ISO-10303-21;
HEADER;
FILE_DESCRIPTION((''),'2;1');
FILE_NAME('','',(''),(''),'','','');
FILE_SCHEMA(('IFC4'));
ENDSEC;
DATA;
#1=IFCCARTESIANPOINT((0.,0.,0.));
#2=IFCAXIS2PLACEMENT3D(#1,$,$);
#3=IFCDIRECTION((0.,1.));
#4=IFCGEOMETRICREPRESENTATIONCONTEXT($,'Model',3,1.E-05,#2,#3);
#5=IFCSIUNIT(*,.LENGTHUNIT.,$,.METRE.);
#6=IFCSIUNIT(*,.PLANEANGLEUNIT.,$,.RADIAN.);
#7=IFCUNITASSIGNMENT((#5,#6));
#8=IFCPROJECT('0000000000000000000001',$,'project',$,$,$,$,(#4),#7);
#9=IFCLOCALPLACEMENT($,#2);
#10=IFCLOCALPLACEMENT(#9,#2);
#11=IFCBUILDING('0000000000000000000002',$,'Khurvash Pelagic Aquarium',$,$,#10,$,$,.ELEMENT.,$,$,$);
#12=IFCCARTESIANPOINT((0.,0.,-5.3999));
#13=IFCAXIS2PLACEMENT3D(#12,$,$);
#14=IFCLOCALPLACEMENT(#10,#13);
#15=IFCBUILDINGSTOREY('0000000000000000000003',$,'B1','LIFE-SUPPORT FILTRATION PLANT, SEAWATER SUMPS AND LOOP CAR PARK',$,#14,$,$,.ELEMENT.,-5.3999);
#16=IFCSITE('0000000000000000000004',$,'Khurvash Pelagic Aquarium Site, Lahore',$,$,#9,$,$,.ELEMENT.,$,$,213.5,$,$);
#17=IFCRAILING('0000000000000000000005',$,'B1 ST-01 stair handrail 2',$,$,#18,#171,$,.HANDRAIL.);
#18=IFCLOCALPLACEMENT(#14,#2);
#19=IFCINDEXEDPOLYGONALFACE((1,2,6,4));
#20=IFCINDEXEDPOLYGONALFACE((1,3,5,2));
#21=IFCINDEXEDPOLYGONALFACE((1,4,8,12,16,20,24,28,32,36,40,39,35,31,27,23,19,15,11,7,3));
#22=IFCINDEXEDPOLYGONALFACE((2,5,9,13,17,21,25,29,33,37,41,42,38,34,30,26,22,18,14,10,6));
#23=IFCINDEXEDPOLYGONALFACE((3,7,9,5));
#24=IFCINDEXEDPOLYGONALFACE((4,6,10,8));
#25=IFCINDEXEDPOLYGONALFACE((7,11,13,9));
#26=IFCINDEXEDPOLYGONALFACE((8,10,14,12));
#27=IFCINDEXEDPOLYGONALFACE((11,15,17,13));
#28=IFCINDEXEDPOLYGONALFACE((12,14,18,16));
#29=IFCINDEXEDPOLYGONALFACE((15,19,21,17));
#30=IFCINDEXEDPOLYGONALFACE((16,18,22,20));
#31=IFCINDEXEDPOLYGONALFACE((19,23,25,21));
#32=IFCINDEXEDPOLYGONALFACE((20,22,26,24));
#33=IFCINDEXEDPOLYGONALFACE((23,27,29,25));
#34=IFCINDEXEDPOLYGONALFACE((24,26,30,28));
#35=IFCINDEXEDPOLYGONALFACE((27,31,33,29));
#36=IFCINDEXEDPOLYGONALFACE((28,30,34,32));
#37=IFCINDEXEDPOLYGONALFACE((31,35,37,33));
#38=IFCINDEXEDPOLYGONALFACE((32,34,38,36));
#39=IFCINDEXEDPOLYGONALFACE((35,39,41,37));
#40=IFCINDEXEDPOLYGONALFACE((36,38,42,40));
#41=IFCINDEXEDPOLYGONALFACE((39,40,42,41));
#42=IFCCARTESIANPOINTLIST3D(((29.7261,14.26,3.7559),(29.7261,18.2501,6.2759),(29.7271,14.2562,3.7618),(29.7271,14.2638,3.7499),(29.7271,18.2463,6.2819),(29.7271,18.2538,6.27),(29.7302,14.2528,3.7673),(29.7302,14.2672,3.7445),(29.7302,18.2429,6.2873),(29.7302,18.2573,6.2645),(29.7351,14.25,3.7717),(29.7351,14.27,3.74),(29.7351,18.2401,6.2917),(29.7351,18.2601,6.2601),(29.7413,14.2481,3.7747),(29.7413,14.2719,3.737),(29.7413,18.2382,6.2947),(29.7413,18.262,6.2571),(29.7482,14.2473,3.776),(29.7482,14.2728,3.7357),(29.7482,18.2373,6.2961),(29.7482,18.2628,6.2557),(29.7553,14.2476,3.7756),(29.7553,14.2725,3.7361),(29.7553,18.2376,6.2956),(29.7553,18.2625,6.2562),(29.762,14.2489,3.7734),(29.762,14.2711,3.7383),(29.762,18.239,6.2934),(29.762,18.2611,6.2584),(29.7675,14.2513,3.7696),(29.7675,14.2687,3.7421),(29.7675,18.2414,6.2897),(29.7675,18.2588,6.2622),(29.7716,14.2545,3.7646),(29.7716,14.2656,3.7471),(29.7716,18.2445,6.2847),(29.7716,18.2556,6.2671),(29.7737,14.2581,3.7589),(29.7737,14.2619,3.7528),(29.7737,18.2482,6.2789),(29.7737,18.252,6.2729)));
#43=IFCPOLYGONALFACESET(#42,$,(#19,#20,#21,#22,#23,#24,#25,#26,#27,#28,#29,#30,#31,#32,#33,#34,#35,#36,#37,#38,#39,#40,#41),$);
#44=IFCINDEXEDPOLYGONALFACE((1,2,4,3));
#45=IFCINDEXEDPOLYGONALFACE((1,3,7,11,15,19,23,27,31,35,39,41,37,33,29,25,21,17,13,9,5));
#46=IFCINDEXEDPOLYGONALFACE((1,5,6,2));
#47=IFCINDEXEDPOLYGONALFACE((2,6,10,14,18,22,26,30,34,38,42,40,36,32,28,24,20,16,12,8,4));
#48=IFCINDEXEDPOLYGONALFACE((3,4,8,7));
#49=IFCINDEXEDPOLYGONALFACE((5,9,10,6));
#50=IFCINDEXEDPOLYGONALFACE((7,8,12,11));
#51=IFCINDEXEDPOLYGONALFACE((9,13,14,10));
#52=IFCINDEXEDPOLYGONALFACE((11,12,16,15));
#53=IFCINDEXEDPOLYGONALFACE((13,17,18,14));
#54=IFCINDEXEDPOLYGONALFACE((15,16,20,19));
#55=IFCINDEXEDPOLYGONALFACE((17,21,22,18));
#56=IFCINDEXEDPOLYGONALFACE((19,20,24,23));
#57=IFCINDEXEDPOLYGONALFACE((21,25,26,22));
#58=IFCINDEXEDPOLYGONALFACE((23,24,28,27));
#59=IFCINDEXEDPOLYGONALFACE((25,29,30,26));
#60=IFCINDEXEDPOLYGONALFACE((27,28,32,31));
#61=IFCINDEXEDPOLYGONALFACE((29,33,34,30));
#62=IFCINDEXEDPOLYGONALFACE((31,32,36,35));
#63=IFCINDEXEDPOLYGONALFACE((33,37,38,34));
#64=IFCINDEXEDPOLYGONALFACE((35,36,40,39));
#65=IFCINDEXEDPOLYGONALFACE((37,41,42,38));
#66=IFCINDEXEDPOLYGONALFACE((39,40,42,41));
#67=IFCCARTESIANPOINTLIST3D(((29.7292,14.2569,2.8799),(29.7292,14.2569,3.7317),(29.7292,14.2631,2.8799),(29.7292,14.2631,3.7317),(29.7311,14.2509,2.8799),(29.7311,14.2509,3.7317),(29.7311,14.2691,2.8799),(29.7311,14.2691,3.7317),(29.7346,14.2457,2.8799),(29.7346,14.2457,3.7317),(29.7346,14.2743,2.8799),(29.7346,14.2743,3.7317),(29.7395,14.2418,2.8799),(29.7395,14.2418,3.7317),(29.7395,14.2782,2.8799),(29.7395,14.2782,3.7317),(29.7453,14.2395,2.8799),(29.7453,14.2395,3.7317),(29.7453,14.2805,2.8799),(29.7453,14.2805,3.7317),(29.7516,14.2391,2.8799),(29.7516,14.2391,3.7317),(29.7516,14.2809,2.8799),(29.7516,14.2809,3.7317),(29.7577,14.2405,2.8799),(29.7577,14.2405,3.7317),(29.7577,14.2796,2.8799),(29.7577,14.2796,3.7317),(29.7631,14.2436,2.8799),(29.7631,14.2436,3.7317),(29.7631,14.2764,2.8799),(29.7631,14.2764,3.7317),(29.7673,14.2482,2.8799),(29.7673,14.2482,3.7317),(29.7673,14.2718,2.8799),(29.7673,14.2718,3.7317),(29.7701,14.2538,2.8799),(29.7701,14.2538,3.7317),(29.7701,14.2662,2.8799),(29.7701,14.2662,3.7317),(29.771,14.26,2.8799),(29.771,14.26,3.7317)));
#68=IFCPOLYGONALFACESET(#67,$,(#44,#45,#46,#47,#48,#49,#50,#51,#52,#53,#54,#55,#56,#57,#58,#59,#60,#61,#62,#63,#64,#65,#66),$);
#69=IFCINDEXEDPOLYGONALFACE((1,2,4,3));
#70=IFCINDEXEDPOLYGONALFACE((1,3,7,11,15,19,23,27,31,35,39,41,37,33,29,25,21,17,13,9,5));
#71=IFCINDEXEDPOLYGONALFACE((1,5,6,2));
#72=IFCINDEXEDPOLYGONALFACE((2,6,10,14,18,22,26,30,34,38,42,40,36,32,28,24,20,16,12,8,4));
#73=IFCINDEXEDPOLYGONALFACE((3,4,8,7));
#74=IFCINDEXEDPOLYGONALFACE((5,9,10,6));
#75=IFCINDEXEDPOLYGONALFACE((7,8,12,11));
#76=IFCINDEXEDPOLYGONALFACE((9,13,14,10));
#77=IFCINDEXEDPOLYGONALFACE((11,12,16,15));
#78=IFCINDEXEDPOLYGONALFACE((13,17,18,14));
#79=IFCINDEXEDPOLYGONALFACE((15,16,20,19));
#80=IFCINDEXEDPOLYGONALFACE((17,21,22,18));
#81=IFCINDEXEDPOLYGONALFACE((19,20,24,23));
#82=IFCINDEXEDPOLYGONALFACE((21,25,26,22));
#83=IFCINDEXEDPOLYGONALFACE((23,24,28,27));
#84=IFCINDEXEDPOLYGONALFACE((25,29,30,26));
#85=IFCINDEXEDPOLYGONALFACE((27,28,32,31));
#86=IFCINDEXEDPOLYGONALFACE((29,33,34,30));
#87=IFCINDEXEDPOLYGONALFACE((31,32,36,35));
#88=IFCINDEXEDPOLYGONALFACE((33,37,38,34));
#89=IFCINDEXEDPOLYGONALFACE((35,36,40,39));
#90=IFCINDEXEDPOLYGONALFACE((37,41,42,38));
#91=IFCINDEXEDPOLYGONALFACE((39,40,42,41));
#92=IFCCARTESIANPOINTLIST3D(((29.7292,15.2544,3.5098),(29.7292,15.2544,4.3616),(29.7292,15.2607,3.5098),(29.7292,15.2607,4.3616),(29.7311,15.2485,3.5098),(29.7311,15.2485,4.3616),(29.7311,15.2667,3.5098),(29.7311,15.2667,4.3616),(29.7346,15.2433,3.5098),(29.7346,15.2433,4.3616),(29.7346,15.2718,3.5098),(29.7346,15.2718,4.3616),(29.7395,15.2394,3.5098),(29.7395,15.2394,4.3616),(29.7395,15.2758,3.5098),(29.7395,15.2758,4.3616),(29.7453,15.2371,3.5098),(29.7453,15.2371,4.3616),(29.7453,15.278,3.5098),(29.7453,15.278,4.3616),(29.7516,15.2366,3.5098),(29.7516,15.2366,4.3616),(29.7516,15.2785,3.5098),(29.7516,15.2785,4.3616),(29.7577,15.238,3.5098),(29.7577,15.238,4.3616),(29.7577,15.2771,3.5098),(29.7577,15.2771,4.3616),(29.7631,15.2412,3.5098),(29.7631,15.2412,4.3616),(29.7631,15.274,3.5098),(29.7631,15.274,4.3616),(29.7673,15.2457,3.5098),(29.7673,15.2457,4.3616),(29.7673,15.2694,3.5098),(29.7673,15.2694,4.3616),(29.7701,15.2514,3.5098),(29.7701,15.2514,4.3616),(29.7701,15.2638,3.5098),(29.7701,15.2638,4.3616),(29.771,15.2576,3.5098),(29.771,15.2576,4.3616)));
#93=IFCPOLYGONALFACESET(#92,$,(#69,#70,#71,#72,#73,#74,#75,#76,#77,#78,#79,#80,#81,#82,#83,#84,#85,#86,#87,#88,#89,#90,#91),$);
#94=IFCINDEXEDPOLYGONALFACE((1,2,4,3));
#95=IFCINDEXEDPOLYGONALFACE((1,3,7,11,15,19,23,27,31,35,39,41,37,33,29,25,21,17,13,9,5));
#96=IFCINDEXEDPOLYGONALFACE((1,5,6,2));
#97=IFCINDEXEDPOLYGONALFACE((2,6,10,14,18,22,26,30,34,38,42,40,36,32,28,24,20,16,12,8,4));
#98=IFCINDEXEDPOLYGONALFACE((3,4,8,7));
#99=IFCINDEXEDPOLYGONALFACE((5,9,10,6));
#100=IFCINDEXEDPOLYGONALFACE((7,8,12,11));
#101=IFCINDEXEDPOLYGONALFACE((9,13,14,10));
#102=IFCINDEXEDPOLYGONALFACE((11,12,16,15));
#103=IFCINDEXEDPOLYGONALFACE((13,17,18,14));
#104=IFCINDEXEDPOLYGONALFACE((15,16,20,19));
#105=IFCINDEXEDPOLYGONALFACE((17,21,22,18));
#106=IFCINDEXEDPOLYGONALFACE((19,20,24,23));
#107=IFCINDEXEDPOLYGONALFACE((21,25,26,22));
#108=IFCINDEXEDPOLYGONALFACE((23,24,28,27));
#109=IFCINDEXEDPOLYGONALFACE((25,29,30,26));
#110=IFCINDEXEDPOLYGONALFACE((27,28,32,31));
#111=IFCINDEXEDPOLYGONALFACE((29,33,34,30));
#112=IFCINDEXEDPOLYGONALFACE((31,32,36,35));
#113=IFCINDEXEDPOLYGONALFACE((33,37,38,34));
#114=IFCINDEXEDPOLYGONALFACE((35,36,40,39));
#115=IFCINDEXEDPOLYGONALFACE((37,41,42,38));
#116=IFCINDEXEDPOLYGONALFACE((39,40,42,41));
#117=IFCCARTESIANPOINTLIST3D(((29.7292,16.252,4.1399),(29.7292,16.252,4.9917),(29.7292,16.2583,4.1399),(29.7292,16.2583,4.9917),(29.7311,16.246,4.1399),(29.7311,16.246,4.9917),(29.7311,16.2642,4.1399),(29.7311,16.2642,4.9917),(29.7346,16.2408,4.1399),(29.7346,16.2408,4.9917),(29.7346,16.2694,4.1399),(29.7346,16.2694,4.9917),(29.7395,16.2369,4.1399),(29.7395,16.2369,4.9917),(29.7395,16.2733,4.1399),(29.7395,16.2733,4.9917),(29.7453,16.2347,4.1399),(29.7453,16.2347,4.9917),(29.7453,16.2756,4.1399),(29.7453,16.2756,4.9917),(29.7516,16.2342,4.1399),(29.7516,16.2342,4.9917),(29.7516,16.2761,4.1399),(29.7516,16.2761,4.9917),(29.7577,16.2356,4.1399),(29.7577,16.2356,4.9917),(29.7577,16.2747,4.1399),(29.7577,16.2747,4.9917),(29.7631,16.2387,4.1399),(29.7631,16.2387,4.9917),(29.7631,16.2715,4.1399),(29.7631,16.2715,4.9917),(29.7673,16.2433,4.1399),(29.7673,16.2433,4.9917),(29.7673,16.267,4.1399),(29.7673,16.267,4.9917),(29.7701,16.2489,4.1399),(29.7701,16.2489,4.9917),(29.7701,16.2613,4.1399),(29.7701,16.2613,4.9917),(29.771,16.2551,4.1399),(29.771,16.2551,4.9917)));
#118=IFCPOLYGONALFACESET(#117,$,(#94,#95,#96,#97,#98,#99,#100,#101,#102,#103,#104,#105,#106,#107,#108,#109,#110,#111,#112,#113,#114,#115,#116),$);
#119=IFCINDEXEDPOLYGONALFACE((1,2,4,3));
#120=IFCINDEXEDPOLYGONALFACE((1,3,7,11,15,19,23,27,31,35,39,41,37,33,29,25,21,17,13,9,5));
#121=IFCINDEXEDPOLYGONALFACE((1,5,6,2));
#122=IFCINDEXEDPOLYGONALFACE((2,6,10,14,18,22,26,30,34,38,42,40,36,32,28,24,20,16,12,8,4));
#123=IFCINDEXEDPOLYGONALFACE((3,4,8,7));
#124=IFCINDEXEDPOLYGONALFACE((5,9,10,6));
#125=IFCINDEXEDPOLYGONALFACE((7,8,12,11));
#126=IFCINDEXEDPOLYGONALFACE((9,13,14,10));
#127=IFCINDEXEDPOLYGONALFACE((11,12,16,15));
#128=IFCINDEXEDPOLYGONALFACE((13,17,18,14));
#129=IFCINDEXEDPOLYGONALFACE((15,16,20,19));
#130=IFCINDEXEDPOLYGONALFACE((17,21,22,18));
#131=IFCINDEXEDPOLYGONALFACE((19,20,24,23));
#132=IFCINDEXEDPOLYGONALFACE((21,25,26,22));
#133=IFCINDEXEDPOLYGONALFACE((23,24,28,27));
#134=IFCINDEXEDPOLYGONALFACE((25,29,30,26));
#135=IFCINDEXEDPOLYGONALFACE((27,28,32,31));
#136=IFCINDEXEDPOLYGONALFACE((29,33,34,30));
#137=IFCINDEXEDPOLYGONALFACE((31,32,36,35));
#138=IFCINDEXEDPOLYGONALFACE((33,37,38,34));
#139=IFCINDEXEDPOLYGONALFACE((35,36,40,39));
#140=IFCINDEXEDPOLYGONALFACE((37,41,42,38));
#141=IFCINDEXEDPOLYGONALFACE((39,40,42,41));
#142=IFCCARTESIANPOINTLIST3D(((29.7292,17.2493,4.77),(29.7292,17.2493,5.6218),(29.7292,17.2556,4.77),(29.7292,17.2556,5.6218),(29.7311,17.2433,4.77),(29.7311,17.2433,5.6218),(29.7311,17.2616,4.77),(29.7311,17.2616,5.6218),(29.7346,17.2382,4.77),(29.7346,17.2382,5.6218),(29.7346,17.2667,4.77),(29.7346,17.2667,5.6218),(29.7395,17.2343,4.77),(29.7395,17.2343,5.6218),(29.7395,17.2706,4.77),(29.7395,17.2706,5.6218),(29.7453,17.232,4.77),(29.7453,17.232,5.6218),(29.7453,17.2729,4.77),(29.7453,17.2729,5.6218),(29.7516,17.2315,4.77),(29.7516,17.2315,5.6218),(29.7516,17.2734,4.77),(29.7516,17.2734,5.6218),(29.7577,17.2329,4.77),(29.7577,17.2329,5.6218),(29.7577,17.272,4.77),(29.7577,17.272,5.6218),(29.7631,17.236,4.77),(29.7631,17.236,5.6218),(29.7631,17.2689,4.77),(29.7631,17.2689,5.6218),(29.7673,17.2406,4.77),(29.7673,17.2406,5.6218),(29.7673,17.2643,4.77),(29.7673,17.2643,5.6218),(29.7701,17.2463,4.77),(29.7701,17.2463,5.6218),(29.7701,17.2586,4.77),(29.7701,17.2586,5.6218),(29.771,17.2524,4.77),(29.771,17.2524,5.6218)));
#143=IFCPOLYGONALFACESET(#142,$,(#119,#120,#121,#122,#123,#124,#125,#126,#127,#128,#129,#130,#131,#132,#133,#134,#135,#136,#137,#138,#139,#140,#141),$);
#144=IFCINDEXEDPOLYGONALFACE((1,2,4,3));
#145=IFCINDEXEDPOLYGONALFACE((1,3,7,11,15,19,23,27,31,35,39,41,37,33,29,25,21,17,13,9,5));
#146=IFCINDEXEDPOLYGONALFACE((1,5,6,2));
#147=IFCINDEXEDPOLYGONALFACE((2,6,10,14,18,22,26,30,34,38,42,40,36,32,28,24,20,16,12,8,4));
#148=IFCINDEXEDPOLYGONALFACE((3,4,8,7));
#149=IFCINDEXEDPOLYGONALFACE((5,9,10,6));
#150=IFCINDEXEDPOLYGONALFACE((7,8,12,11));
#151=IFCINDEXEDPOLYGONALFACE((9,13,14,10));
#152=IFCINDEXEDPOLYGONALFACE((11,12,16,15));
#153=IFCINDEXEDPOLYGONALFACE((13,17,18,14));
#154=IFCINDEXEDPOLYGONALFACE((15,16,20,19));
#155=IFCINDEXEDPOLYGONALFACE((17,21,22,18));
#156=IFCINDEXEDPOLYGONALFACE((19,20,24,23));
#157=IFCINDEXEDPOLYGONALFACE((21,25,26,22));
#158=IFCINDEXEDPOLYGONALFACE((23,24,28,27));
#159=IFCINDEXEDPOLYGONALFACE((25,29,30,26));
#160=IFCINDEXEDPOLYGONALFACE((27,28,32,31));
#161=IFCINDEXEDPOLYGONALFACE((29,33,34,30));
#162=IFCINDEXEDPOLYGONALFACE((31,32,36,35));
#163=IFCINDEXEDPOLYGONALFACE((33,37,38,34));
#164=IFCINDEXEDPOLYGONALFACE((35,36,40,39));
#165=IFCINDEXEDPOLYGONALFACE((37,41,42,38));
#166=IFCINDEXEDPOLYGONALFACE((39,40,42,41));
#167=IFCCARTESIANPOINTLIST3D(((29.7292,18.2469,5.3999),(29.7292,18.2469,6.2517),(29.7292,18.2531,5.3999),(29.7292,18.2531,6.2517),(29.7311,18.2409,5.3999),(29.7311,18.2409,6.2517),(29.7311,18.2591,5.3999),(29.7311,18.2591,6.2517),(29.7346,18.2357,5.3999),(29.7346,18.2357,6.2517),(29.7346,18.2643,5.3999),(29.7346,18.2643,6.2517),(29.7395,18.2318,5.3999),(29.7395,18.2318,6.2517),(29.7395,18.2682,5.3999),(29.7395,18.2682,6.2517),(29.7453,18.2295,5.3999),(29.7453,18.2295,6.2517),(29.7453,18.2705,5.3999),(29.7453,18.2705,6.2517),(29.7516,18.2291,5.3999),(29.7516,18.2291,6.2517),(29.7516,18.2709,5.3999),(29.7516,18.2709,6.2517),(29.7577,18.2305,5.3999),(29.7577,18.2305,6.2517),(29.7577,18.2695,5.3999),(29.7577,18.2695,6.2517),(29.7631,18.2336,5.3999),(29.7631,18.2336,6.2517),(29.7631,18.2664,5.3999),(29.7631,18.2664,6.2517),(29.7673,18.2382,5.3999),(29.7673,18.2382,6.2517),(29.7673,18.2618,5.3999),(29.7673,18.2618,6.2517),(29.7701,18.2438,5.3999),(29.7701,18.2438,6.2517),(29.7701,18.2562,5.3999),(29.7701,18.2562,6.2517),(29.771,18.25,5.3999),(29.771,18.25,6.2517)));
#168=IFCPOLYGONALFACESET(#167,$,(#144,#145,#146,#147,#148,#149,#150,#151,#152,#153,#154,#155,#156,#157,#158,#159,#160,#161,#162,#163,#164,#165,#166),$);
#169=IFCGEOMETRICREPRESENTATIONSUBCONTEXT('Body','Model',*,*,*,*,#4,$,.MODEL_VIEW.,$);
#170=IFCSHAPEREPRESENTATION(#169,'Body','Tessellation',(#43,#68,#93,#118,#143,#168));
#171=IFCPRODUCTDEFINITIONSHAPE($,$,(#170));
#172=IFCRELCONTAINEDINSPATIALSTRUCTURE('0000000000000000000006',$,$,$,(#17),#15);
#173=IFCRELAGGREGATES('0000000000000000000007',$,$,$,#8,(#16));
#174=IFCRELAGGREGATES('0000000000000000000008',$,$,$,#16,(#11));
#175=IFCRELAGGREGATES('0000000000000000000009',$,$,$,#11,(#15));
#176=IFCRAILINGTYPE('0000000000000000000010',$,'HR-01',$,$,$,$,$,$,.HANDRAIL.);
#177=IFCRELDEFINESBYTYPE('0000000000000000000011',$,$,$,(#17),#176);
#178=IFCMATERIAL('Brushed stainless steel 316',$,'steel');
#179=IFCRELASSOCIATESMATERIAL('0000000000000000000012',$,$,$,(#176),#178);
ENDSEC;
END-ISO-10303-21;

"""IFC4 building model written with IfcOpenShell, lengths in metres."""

from ifc_helpers import new_model, si_unit, direction, frame, origin, origin_2d, place, context, subcontext, project, spatial, circle, extrude, material, type_object, element, save


model = new_model("IFC4")

# Units and contexts
model_context = context("Model", 3, precision=1e-05, world=origin(), true_north=direction((0.0, 1.0)))
body_context = subcontext(model_context, "Body", "Model", "MODEL_VIEW")
ifc_project = project(units=[si_unit("LENGTHUNIT", "METRE"), si_unit("PLANEANGLEUNIT", "RADIAN")], contexts=[model_context])

# Site, building, storey
site_placement = place(None, origin())
site = spatial("IfcSite", under=ifc_project, at=site_placement, Name="Khurvash Pelagic Aquarium Site, Lahore", CompositionType="ELEMENT", RefElevation=213.5)
building_placement = place(site_placement, origin())
building = spatial("IfcBuilding", under=site, at=building_placement, Name="Khurvash Pelagic Aquarium", CompositionType="ELEMENT")
storey_placement = place(building_placement, frame((0.0, 0.0, -5.3999)))
storey = spatial("IfcBuildingStorey", under=building, at=storey_placement, Name="B1", Description="LIFE-SUPPORT FILTRATION PLANT, SEAWATER SUMPS AND LOOP CAR PARK", CompositionType="ELEMENT", Elevation=-5.3999)

# Railing
ifc_material_1 = material(Name="Brushed stainless steel 316", Category="steel")
railing_type_1 = type_object("IfcRailingType", Name="HR-01", PredefinedType="HANDRAIL", material=ifc_material_1)
railing_1_placement = place(storey_placement, frame((29.75, 14.26, 2.8799)))
element("IfcRailing", 1, at=railing_1_placement, inside=storey, type_object=railing_type_1, Name="B1 ST-01 stair handrail 2", PredefinedType="HANDRAIL", context=body_context, shape_type="SweptSolid", body=[
    extrude(circle(Radius=0.0239, at=origin_2d()), frame((0.0, 0.0, 0.876), z_axis=(0.0, 0.845486, 0.533997), x_axis=(-1.0, 0.0, 0.0)), (0.0, 0.0, 1.0), 4.7192),
    extrude(circle(Radius=0.021, at=origin_2d()), origin(), (0.0, 0.0, 1.0), 0.8518),
    extrude(circle(Radius=0.021, at=origin_2d()), frame((0.0, 0.9976, 0.6299)), (0.0, 0.0, 1.0), 0.8518),
    extrude(circle(Radius=0.021, at=origin_2d()), frame((0.0, 1.9951, 1.26)), (0.0, 0.0, 1.0), 0.8518),
    extrude(circle(Radius=0.021, at=origin_2d()), frame((0.0, 2.9924, 1.8901)), (0.0, 0.0, 1.0), 0.8518),
    extrude(circle(Radius=0.021, at=origin_2d()), frame((0.0, 3.99, 2.52)), (0.0, 0.0, 1.0), 0.8518),
])

save(model, "model.ifc")
